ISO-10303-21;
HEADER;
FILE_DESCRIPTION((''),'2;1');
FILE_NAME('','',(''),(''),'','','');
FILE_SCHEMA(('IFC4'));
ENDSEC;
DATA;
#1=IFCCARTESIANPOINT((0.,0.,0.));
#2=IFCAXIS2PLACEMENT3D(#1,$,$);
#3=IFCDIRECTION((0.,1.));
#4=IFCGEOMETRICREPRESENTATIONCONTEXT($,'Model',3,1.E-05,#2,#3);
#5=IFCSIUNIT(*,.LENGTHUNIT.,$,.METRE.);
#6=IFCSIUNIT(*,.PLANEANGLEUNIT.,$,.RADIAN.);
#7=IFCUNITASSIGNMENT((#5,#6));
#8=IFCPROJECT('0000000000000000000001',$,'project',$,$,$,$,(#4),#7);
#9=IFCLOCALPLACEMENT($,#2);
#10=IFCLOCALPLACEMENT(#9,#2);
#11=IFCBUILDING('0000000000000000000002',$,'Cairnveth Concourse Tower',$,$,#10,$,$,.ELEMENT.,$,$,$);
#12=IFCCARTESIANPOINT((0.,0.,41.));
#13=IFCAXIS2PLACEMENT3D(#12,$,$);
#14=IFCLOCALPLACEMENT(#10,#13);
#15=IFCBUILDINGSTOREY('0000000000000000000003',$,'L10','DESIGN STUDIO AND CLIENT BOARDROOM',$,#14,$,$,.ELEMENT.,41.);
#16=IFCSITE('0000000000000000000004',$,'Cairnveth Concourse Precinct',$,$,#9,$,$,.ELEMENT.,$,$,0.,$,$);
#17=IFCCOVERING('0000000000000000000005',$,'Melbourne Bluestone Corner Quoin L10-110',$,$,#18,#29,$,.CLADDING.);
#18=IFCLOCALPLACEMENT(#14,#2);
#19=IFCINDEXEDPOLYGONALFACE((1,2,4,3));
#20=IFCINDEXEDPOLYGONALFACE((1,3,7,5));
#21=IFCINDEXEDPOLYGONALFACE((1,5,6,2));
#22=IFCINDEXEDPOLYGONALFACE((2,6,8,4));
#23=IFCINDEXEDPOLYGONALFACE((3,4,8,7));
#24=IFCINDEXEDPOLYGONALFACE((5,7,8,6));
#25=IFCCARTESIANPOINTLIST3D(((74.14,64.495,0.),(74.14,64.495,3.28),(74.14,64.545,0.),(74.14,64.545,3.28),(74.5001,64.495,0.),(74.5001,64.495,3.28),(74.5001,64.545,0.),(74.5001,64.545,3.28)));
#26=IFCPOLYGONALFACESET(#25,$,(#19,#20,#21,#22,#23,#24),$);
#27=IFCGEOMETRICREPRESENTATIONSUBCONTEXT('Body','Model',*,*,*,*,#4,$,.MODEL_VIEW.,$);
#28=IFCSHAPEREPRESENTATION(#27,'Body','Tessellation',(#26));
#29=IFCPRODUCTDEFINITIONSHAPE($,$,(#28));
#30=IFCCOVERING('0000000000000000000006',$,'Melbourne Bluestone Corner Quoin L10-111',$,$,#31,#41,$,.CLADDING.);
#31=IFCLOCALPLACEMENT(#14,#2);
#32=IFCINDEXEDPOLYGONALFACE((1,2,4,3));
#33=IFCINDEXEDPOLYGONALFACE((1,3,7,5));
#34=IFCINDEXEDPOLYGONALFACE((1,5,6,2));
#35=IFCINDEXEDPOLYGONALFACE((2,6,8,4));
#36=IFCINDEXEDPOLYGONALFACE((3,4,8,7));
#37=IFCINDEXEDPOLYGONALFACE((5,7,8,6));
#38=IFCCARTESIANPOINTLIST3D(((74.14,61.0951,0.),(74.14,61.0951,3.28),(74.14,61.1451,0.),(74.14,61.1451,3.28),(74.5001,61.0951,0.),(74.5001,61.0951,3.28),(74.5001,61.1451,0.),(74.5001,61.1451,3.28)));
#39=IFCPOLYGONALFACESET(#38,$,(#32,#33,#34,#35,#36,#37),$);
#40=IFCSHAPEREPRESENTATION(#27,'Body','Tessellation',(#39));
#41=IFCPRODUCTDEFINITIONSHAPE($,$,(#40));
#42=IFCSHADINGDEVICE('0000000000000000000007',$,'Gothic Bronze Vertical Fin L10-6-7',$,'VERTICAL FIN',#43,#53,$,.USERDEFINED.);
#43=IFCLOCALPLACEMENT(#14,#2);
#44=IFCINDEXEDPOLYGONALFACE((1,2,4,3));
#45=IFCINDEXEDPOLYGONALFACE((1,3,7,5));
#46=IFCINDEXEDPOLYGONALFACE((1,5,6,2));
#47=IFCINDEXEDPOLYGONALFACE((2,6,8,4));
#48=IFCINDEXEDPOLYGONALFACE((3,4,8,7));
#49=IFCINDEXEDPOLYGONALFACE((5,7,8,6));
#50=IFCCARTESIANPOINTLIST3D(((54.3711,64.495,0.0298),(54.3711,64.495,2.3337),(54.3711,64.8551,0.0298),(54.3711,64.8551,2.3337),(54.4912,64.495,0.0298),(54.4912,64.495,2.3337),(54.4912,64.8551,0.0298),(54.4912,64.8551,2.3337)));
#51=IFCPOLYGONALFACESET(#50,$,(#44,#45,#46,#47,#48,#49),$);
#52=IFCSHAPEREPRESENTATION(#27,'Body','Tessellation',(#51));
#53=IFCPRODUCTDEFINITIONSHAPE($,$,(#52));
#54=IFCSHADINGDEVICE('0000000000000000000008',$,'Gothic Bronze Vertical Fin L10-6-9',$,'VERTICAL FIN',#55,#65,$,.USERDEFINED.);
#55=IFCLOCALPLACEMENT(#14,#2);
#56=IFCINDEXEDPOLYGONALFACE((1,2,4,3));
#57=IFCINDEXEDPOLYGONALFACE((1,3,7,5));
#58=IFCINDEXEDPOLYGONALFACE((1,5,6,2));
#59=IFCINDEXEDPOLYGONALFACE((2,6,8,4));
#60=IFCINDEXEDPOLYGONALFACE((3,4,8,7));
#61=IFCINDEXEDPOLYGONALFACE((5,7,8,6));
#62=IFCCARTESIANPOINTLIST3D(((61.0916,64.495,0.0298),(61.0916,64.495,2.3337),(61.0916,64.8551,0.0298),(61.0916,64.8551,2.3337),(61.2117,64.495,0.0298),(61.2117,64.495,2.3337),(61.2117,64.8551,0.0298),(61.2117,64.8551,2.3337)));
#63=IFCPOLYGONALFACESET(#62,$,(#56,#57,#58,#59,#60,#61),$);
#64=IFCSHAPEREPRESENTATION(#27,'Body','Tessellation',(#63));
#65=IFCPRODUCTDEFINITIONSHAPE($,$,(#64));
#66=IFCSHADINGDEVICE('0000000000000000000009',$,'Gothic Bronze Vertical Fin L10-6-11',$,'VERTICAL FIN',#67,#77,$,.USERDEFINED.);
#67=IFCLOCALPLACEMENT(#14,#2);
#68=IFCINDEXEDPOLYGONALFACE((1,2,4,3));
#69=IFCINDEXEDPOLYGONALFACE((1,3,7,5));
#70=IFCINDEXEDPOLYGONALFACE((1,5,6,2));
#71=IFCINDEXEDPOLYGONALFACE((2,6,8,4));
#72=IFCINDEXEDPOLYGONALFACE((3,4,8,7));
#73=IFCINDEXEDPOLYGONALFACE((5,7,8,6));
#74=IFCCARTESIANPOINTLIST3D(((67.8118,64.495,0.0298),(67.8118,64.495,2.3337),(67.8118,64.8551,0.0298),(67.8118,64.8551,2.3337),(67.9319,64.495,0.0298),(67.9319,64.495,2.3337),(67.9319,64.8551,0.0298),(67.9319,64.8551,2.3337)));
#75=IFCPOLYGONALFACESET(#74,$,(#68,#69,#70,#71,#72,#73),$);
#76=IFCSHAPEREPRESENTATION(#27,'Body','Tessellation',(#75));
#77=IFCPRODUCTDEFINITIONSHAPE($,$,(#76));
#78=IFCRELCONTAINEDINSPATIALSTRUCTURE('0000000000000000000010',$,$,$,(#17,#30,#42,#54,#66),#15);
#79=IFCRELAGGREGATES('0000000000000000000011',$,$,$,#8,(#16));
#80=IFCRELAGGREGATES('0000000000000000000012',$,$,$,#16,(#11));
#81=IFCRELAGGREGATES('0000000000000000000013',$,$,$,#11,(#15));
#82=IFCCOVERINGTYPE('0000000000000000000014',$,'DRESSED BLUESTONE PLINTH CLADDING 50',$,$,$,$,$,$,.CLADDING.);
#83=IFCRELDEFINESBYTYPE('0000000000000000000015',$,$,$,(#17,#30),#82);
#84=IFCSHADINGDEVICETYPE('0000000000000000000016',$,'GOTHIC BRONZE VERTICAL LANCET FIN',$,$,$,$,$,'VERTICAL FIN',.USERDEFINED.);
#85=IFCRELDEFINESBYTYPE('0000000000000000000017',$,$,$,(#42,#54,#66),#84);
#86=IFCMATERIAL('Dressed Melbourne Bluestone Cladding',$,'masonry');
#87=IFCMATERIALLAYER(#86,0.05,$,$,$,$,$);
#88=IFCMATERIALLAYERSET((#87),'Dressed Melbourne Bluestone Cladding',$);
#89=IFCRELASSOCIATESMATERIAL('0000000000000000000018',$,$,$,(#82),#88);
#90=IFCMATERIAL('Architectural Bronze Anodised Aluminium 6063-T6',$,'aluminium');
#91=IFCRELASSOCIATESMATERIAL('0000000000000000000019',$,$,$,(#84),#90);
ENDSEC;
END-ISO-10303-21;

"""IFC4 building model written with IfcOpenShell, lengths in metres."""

from ifc_helpers import new_model, si_unit, direction, frame, frame_2d, origin, origin_2d, place, context, subcontext, project, spatial, rectangle, extrude, material, layer, layer_set, type_object, element, save


model = new_model("IFC4")

# Units and contexts
model_context = context("Model", 3, precision=1e-05, world=origin(), true_north=direction((0.0, 1.0)))
body_context = subcontext(model_context, "Body", "Model", "MODEL_VIEW")
ifc_project = project(units=[si_unit("LENGTHUNIT", "METRE"), si_unit("PLANEANGLEUNIT", "RADIAN")], contexts=[model_context])

# Site, building, storey
site_placement = place(None, origin())
site = spatial("IfcSite", under=ifc_project, at=site_placement, Name="Cairnveth Concourse Precinct", CompositionType="ELEMENT", RefElevation=0.0)
building_placement = place(site_placement, origin())
building = spatial("IfcBuilding", under=site, at=building_placement, Name="Cairnveth Concourse Tower", CompositionType="ELEMENT")
storey_placement = place(building_placement, frame((0.0, 0.0, 41.0)))
storey = spatial("IfcBuildingStorey", under=building, at=storey_placement, Name="L10", Description="DESIGN STUDIO AND CLIENT BOARDROOM", CompositionType="ELEMENT", Elevation=41.0)

# Coverings
ifc_material_1 = material(Name="Dressed Melbourne Bluestone Cladding", Category="masonry")
ifc_layer_1 = layer(ifc_material_1, 0.05)
ifc_layer_set_1 = layer_set([ifc_layer_1], Name="Dressed Melbourne Bluestone Cladding")
covering_type = type_object("IfcCoveringType", Name="DRESSED BLUESTONE PLINTH CLADDING 50", PredefinedType="CLADDING", material=ifc_layer_set_1)
for number, where, z_axis, x_axis, name in (
    (1, (74.1399, 64.52, 0.0), (0.0, 0.0, 1.0), (1.0, 0.0, 0.0), "Melbourne Bluestone Corner Quoin L10-110"),
    (2, (74.1399, 61.1201, 0.0), (0.0, 0.0, 1.0), (1.0, 0.0, 0.0), "Melbourne Bluestone Corner Quoin L10-111"),
):
    element("IfcCovering", number, at=place(storey_placement, frame(where, z_axis=z_axis, x_axis=x_axis)), inside=storey, type_object=covering_type, Name=name, PredefinedType="CLADDING", context=body_context, shape_type="SweptSolid", body=[
        extrude(rectangle(XDim=0.3601, YDim=0.05, at=frame_2d((0.1802, 0.0))), origin(), (0.0, 0.0, 1.0), 3.28),
    ])

# Shading devices
ifc_material_2 = material(Name="Architectural Bronze Anodised Aluminium 6063-T6", Category="aluminium")
shading_device_type = type_object("IfcShadingDeviceType", Name="GOTHIC BRONZE VERTICAL LANCET FIN", ElementType="VERTICAL FIN", PredefinedType="USERDEFINED", material=ifc_material_2)
for number, where, z_axis, x_axis, name in (
    (3, (54.4312, 64.675, 0.0298), (0.0, 0.0, 1.0), (1.0, 0.0, 0.0), "Gothic Bronze Vertical Fin L10-6-7"),
    (4, (61.1516, 64.675, 0.0298), (0.0, 0.0, 1.0), (1.0, 0.0, 0.0), "Gothic Bronze Vertical Fin L10-6-9"),
    (5, (67.8718, 64.675, 0.0298), (0.0, 0.0, 1.0), (1.0, 0.0, 0.0), "Gothic Bronze Vertical Fin L10-6-11"),
):
    element("IfcShadingDevice", number, at=place(storey_placement, frame(where, z_axis=z_axis, x_axis=x_axis)), inside=storey, type_object=shading_device_type, Name=name, ObjectType="VERTICAL FIN", PredefinedType="USERDEFINED", context=body_context, shape_type="SweptSolid", body=[
        extrude(rectangle(XDim=0.1201, YDim=0.3601, at=origin_2d()), origin(), (0.0, 0.0, 1.0), 2.304),
    ])

save(model, "model.ifc")
